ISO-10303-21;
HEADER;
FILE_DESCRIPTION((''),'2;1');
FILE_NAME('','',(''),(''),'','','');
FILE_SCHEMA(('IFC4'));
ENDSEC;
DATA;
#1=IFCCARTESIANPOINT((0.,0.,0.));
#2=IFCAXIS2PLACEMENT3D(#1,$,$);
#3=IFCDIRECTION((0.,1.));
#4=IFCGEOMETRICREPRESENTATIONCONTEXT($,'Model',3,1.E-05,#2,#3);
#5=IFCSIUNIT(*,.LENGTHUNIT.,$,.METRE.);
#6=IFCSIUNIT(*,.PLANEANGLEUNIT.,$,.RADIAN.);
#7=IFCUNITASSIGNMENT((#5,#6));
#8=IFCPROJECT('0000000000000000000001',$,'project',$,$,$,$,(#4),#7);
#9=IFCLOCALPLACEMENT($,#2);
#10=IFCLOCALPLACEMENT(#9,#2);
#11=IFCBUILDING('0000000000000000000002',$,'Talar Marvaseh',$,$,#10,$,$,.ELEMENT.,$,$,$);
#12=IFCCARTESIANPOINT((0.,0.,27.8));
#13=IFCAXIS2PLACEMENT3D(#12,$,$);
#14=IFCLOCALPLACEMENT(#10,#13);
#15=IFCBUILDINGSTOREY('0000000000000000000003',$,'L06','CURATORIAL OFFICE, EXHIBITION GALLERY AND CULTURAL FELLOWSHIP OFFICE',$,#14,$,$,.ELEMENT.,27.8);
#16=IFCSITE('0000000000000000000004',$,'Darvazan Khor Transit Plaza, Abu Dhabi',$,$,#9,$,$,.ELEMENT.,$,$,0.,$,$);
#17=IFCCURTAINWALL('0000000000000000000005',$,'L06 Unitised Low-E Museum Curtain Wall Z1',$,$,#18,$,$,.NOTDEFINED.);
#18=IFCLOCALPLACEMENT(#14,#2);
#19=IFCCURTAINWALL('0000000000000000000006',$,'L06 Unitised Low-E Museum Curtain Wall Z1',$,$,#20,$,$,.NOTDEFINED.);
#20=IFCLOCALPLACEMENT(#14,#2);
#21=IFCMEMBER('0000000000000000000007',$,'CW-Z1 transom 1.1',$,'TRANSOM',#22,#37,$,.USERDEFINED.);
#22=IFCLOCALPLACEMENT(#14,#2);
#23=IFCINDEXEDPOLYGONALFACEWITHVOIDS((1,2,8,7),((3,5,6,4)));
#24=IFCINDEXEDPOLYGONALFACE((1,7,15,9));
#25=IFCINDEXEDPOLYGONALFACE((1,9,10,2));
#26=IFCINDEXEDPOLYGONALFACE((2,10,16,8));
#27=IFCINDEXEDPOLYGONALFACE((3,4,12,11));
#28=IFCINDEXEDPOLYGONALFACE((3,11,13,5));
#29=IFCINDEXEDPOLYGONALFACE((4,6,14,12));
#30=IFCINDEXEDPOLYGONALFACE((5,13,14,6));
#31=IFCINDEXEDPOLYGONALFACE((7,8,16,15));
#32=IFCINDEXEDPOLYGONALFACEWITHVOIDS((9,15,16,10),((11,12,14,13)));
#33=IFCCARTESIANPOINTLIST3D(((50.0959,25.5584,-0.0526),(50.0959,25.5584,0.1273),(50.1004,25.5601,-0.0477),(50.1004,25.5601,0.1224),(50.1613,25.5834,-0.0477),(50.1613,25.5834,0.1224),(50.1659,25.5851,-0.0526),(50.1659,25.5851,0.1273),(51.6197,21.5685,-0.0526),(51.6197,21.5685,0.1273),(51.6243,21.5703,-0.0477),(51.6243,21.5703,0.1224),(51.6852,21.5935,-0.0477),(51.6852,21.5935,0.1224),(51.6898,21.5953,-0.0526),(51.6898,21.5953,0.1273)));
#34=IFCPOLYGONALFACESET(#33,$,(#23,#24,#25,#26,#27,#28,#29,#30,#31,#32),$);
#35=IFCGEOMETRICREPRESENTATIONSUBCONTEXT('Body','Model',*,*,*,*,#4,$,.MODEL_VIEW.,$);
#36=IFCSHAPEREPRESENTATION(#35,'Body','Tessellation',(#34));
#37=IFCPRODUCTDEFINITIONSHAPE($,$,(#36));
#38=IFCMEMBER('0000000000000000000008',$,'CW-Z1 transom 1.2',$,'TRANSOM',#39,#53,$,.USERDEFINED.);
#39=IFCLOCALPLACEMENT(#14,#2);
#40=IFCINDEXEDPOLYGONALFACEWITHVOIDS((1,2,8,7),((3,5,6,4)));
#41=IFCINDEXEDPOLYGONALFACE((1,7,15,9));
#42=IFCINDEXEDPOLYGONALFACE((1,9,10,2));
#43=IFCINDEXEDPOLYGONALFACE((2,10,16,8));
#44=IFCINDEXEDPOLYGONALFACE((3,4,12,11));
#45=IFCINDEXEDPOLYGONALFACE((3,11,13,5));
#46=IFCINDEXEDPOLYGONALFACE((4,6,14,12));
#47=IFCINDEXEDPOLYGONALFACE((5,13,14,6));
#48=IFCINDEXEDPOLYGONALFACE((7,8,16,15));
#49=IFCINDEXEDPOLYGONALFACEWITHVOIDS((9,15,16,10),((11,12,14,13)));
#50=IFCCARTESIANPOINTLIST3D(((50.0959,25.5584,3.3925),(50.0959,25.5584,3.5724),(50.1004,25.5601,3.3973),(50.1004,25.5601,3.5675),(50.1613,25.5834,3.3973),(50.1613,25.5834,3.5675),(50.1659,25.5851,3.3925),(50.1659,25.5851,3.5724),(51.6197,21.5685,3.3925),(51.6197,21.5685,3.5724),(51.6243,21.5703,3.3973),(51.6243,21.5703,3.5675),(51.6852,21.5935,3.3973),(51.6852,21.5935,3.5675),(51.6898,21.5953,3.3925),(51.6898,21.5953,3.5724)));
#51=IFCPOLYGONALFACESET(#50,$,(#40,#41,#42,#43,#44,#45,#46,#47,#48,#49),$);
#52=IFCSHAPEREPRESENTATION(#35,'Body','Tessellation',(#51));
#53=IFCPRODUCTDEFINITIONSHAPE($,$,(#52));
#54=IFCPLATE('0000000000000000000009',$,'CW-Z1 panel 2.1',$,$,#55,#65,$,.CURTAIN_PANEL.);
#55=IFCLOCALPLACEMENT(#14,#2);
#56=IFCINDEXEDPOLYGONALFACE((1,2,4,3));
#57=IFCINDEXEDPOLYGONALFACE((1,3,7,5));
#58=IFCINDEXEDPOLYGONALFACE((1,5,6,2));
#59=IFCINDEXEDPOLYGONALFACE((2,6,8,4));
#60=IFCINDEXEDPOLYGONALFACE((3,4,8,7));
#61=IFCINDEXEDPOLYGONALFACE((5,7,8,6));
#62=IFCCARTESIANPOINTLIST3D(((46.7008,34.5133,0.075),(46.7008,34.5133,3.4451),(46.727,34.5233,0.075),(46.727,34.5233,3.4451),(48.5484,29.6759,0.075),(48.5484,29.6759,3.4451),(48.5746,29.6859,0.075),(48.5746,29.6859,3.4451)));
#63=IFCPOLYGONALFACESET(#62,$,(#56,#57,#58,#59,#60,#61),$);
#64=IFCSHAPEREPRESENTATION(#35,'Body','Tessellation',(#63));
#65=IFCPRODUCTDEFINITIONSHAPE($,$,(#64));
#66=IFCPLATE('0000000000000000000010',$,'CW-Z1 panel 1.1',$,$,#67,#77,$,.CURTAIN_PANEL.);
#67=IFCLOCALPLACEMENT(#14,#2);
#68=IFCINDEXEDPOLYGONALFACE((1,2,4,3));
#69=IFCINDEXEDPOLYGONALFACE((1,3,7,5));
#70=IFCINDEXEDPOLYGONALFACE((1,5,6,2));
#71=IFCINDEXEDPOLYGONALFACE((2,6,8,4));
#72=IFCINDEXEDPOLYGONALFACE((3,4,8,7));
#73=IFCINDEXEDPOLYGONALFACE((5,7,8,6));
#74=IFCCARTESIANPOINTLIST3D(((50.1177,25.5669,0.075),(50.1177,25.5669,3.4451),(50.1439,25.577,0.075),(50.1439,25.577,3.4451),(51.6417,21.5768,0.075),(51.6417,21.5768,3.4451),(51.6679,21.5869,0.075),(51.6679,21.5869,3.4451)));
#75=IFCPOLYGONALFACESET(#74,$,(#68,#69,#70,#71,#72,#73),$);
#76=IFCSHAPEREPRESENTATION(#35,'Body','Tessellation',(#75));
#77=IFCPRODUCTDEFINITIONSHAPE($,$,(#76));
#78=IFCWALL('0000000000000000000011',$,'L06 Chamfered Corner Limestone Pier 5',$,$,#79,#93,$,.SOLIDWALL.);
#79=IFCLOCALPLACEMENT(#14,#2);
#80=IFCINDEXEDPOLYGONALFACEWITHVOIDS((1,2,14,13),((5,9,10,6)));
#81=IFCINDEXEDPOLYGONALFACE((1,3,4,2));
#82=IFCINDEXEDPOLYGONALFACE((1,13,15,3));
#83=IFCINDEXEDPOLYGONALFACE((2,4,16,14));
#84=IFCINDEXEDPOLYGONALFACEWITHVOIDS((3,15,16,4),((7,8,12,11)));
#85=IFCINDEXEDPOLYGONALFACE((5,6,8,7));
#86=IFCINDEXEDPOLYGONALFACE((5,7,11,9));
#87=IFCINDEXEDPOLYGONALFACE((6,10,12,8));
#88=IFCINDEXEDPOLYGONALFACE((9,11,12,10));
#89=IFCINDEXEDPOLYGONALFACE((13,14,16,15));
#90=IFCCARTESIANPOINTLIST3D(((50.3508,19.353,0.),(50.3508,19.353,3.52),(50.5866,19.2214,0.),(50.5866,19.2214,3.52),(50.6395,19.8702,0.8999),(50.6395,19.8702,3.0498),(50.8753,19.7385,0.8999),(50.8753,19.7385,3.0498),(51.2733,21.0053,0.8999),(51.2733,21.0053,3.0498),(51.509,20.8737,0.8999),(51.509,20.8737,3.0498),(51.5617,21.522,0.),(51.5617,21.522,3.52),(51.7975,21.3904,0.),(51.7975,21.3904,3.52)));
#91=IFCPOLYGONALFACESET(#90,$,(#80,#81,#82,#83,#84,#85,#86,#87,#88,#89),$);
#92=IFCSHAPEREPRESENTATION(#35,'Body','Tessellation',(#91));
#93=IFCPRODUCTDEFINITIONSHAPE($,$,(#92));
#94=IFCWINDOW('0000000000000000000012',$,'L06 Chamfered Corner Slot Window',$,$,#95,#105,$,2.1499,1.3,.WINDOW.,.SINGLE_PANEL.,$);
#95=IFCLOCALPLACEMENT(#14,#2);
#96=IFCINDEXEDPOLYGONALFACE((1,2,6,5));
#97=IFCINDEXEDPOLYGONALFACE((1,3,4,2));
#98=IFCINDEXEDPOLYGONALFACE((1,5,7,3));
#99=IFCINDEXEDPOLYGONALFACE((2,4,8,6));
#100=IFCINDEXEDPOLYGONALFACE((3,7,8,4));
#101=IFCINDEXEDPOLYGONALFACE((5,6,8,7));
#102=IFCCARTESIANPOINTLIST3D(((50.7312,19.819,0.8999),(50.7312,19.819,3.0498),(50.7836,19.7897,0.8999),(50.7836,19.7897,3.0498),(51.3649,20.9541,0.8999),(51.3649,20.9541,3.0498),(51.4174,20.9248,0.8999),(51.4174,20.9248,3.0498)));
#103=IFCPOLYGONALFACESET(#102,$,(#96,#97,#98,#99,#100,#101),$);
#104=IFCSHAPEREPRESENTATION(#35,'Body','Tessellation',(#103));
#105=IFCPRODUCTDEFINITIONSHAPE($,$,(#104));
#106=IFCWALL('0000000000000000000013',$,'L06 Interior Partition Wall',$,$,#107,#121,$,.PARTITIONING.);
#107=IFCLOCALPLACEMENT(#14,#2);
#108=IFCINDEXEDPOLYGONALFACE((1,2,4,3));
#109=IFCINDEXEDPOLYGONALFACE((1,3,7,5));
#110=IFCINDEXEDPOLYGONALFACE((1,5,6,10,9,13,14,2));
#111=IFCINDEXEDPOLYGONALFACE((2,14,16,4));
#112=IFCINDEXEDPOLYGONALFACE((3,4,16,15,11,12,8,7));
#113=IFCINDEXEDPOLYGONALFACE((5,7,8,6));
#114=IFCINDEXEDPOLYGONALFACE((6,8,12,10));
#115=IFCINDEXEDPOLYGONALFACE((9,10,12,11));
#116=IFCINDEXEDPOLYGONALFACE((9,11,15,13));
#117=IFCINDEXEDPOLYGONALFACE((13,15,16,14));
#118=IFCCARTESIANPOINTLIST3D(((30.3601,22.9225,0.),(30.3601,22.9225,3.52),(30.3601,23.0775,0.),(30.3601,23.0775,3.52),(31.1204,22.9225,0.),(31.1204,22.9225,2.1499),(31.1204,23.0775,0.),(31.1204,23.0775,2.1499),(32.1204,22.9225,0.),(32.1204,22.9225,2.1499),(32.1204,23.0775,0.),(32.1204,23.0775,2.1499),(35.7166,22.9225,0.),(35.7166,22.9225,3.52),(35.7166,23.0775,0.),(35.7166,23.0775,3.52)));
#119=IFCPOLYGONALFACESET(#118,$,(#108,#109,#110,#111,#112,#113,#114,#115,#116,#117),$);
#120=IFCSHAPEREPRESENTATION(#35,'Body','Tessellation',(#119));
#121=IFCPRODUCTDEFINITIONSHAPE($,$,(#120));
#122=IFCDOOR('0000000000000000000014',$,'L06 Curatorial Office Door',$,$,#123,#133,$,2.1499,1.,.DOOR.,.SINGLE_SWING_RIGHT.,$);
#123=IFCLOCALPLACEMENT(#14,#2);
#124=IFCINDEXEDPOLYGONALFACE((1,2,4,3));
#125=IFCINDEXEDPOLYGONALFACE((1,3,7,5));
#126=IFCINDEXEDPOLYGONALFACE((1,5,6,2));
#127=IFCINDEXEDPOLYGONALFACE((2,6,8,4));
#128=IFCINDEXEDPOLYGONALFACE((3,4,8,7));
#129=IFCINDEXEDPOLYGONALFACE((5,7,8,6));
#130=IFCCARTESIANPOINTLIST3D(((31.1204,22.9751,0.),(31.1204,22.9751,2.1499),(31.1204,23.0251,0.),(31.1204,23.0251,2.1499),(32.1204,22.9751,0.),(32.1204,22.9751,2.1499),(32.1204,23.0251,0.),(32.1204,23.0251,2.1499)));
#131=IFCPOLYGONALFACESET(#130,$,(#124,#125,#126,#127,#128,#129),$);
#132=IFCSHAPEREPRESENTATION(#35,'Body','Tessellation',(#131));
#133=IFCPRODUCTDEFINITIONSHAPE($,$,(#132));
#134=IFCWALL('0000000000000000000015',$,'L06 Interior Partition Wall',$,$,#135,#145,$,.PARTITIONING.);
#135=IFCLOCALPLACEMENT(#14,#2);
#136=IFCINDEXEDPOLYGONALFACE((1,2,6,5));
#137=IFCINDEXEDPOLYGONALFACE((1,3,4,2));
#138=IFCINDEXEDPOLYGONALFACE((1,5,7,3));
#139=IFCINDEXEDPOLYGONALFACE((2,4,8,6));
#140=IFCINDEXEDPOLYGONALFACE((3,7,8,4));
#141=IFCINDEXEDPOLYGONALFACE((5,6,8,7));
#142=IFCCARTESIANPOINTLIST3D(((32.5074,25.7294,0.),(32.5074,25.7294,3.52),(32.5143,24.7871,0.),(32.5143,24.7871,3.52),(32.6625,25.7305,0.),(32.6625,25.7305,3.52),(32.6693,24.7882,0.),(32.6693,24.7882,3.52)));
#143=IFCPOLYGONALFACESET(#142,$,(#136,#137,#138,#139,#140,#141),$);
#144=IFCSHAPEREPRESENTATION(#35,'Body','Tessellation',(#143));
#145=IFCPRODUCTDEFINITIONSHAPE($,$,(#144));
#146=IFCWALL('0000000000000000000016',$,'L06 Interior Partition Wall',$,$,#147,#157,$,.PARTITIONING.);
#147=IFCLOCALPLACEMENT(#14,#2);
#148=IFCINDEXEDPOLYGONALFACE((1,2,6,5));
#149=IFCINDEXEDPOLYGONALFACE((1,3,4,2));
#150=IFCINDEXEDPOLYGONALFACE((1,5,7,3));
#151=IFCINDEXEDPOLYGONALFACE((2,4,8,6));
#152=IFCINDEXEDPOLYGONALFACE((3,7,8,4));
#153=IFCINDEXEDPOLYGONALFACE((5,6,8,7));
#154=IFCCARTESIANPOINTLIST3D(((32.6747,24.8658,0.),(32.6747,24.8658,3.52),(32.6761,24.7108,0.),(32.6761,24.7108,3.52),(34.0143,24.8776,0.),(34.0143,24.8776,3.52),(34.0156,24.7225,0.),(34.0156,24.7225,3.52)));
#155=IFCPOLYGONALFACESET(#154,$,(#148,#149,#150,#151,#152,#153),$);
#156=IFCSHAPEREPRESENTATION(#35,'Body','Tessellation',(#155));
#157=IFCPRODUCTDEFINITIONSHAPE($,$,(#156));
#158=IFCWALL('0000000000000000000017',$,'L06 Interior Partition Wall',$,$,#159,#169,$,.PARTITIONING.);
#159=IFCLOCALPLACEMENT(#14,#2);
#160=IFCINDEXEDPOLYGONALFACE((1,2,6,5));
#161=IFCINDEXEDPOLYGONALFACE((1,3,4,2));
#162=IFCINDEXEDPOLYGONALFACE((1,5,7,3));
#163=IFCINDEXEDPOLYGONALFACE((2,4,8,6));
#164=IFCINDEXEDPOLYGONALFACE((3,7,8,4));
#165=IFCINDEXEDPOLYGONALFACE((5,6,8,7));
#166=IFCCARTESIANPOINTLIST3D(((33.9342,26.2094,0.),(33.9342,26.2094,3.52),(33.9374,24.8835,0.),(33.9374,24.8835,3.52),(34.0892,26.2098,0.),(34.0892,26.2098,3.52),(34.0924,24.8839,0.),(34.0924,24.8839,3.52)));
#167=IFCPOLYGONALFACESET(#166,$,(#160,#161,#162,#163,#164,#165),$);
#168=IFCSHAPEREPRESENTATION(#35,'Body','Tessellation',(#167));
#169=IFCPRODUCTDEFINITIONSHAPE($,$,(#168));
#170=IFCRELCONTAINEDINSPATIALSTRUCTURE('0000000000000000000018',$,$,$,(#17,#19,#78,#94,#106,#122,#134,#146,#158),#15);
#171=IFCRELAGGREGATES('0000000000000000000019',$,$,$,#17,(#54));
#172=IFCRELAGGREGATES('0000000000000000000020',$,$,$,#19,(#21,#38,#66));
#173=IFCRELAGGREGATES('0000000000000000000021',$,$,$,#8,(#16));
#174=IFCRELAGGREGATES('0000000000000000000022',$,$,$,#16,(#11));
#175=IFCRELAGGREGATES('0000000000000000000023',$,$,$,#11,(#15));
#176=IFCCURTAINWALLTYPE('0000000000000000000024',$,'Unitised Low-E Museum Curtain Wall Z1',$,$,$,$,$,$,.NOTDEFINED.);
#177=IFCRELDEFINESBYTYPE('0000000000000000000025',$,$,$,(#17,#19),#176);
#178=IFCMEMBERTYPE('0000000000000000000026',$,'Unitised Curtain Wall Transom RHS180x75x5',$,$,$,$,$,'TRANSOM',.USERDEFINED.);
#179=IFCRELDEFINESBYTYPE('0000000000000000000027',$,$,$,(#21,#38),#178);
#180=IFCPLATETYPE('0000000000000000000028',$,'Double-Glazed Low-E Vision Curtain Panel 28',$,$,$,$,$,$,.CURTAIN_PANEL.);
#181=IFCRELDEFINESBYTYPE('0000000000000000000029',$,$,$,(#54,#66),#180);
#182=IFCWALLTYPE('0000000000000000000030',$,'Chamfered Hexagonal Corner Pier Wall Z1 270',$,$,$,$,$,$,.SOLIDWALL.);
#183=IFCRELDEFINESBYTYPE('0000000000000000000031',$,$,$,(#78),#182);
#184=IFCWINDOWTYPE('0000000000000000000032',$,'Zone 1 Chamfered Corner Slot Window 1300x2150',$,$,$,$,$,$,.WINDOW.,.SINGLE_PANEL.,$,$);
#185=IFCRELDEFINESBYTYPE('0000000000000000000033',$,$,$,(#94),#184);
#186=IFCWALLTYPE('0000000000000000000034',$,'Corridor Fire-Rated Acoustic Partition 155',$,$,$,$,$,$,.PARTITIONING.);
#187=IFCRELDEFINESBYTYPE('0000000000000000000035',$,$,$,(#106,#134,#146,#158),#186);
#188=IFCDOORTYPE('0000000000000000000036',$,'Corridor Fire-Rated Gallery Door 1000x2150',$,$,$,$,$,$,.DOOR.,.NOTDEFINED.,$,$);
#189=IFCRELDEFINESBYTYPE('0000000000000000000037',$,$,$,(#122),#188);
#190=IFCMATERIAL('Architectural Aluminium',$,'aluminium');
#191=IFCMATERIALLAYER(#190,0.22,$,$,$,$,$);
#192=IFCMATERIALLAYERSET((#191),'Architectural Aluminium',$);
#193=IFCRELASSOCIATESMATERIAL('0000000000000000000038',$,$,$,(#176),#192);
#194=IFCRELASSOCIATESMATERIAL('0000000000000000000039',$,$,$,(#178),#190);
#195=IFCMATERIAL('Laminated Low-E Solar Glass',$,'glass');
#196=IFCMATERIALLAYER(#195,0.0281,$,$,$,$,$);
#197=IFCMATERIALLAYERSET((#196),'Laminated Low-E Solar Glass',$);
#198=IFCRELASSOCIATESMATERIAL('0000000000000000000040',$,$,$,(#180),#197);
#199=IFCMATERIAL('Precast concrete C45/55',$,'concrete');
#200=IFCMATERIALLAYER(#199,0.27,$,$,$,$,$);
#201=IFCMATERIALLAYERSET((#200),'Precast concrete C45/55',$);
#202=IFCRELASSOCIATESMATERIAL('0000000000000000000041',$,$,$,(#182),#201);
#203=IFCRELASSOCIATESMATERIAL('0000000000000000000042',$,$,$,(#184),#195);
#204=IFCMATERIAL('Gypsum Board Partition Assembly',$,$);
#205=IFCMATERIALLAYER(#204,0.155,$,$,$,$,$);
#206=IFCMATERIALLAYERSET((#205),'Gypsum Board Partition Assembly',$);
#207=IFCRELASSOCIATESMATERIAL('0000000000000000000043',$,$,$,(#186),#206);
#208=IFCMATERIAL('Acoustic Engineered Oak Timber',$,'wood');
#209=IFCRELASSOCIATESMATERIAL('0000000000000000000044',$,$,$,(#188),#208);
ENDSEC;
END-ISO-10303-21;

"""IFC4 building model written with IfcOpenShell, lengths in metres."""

from ifc_helpers import new_model, si_unit, direction, frame, frame_2d, origin, origin_2d, place, context, subcontext, project, spatial, rectangle, hollow_rectangle, extrude, source, transform, mapped, material, layer, layer_set, material_profile, profile_set, type_object, type_shapes, element, fill, aggregate, save


model = new_model("IFC4")

# Units and contexts
model_context = context("Model", 3, precision=1e-05, world=origin(), true_north=direction((0.0, 1.0)))
body_context = subcontext(model_context, "Body", "Model", "MODEL_VIEW")
ifc_project = project(units=[si_unit("LENGTHUNIT", "METRE"), si_unit("PLANEANGLEUNIT", "RADIAN")], contexts=[model_context])

# Site, building, storey
site_placement = place(None, origin())
site = spatial("IfcSite", under=ifc_project, at=site_placement, Name="Darvazan Khor Transit Plaza, Abu Dhabi", CompositionType="ELEMENT", RefElevation=0.0)
building_placement = place(site_placement, origin())
building = spatial("IfcBuilding", under=site, at=building_placement, Name="Talar Marvaseh", CompositionType="ELEMENT")
storey_placement = place(building_placement, frame((0.0, 0.0, 27.8)))
storey = spatial("IfcBuildingStorey", under=building, at=storey_placement, Name="L06", Description="CURATORIAL OFFICE, EXHIBITION GALLERY AND CULTURAL FELLOWSHIP OFFICE", CompositionType="ELEMENT", Elevation=27.8)

# Curtain wall
ifc_material_1 = material(Name="Architectural Aluminium", Category="aluminium")
ifc_layer_1 = layer(ifc_material_1, 0.22)
ifc_layer_set_1 = layer_set([ifc_layer_1], Name="Architectural Aluminium")
curtain_wall_type = type_object("IfcCurtainWallType", Name="Unitised Low-E Museum Curtain Wall Z1", PredefinedType="NOTDEFINED", material=ifc_layer_set_1)
curtain_wall_1_placement = place(storey_placement, origin())
curtain_wall_1 = element("IfcCurtainWall", 1, at=curtain_wall_1_placement, inside=storey, type_object=curtain_wall_type, Name="L06 Unitised Low-E Museum Curtain Wall Z1", PredefinedType="NOTDEFINED")

# Curtain wall, members
curtain_wall_2_placement = place(storey_placement, origin())
curtain_wall_2 = element("IfcCurtainWall", 2, at=curtain_wall_2_placement, inside=storey, type_object=curtain_wall_type, Name="L06 Unitised Low-E Museum Curtain Wall Z1", PredefinedType="NOTDEFINED")
ifc_material_profile_1 = material_profile(ifc_material_1, hollow_rectangle(XDim=0.075, YDim=0.1799, WallThickness=0.0049, at=origin_2d()), Name="RHS180x75x5")
ifc_profile_set_1 = profile_set([ifc_material_profile_1], Name="Architectural Aluminium")
member_type_1 = type_object("IfcMemberType", Name="Unitised Curtain Wall Transom RHS180x75x5", ElementType="TRANSOM", PredefinedType="USERDEFINED", material=ifc_profile_set_1)
shared_shape_1 = source(origin(), body_context, "Body", "SweptSolid", [
    extrude(hollow_rectangle(XDim=0.075, YDim=0.1799, WallThickness=0.0049, at=origin_2d()), origin(), (0.0, 0.0, 1.0), 4.271),
])
type_shapes(member_type_1, [shared_shape_1])
member_1_placement = place(storey_placement, frame((50.1309, 25.5718, 0.0374), z_axis=(0.356799, -0.934181, 0.0), x_axis=(0.934181, 0.356799, 0.0)))
member_1 = element("IfcMember", 3, at=member_1_placement, type_object=member_type_1, Name="CW-Z1 transom 1.1", ObjectType="TRANSOM", PredefinedType="USERDEFINED", context=body_context, shape_type="MappedRepresentation", body=[
    mapped(shared_shape_1, transform((0.0, 0.0, 0.0), x_axis=(1.0, 0.0, 0.0), y_axis=(0.0, 1.0, 0.0), z_axis=(0.0, 0.0, 1.0), scale=1.0)),
])
member_2_placement = place(storey_placement, frame((50.1309, 25.5718, 3.4824), z_axis=(0.356799, -0.934181, 0.0), x_axis=(0.934181, 0.356799, 0.0)))
member_2 = element("IfcMember", 4, at=member_2_placement, type_object=member_type_1, Name="CW-Z1 transom 1.2", ObjectType="TRANSOM", PredefinedType="USERDEFINED", context=body_context, shape_type="MappedRepresentation", body=[
    mapped(shared_shape_1, transform((0.0, 0.0, 0.0), x_axis=(1.0, 0.0, 0.0), y_axis=(0.0, 1.0, 0.0), z_axis=(0.0, 0.0, 1.0), scale=1.0)),
])

# Plates
ifc_material_2 = material(Name="Laminated Low-E Solar Glass", Category="glass")
ifc_layer_2 = layer(ifc_material_2, 0.0281)
ifc_layer_set_2 = layer_set([ifc_layer_2], Name="Laminated Low-E Solar Glass")
plate_type = type_object("IfcPlateType", Name="Double-Glazed Low-E Vision Curtain Panel 28", PredefinedType="CURTAIN_PANEL", material=ifc_layer_set_2)
shared_shape_2 = source(origin(), body_context, "Body", "SweptSolid", [
    extrude(rectangle(XDim=5.1782, YDim=0.0281, at=origin_2d()), origin(), (0.0, 0.0, 1.0), 3.3701),
])
plate_1_placement = place(storey_placement, frame((47.6377, 32.0996, 0.075), z_axis=(0.0, 0.0, 1.0), x_axis=(0.356804, -0.934179, 0.0)))
plate_1 = element("IfcPlate", 5, at=plate_1_placement, type_object=plate_type, Name="CW-Z1 panel 2.1", PredefinedType="CURTAIN_PANEL", context=body_context, shape_type="MappedRepresentation", body=[
    mapped(shared_shape_2, transform((0.0, 0.0, 0.0), x_axis=(1.0, 0.0, 0.0), y_axis=(0.0, 1.0, 0.0), z_axis=(0.0, 0.0, 1.0), scale=1.0)),
])
aggregate(curtain_wall_1, [plate_1])
shared_shape_3 = source(origin(), body_context, "Body", "SweptSolid", [
    extrude(rectangle(XDim=4.2712, YDim=0.0281, at=origin_2d()), origin(), (0.0, 0.0, 1.0), 3.3701),
])
type_shapes(plate_type, [shared_shape_2, shared_shape_3])
plate_2_placement = place(storey_placement, frame((50.8928, 23.5769, 0.075), z_axis=(0.0, 0.0, 1.0), x_axis=(0.356805, -0.934179, 0.0)))
plate_2 = element("IfcPlate", 6, at=plate_2_placement, type_object=plate_type, Name="CW-Z1 panel 1.1", PredefinedType="CURTAIN_PANEL", context=body_context, shape_type="MappedRepresentation", body=[
    mapped(shared_shape_3, transform((0.0, 0.0, 0.0), x_axis=(1.0, 0.0, 0.0), y_axis=(0.0, 1.0, 0.0), z_axis=(0.0, 0.0, 1.0), scale=1.0)),
])
aggregate(curtain_wall_2, [member_1, member_2, plate_2])

# Wall, opening, window
ifc_material_3 = material(Name="Precast concrete C45/55", Category="concrete")
ifc_layer_3 = layer(ifc_material_3, 0.27)
ifc_layer_set_3 = layer_set([ifc_layer_3], Name="Precast concrete C45/55")
wall_type_1 = type_object("IfcWallType", Name="Chamfered Hexagonal Corner Pier Wall Z1 270", PredefinedType="SOLIDWALL", material=ifc_layer_set_3)
wall_1_placement = place(storey_placement, frame((51.6797, 21.4563, 0.0), z_axis=(0.0, 0.0, 1.0), x_axis=(-0.487478, -0.873135, 0.0)))
wall_1 = element("IfcWall", 7, at=wall_1_placement, inside=storey, type_object=wall_type_1, Name="L06 Chamfered Corner Limestone Pier 5", PredefinedType="SOLIDWALL", context=body_context, shape_type="SweptSolid", body=[
    extrude(rectangle(XDim=2.4841, YDim=0.27, at=frame_2d((1.2422, 0.0))), origin(), (0.0, 0.0, 1.0), 3.52),
])
opening_1_placement = place(wall_1_placement, frame((0.592, 0.0, 0.8999)))
opening_1 = element("IfcOpeningElement", 8, at=opening_1_placement, cuts=wall_1, PredefinedType="OPENING", context=body_context, shape_type="SweptSolid", body=[
    extrude(rectangle(XDim=1.3, YDim=2.1499, at=frame_2d((0.6499, 1.075))), frame((0.0, 0.145, 0.0), z_axis=(0.0, -1.0, 0.0), x_axis=(1.0, 0.0, 0.0)), (0.0, 0.0, 1.0), 0.29),
])
window_type = type_object("IfcWindowType", Name="Zone 1 Chamfered Corner Slot Window 1300x2150", PartitioningType="SINGLE_PANEL", PredefinedType="WINDOW", material=ifc_material_2)
shared_shape_4 = source(origin(), body_context, "Body", "SweptSolid", [
    extrude(rectangle(XDim=1.3, YDim=2.1499, at=frame_2d((0.6499, 1.075))), frame((0.0, 0.03, 0.0), z_axis=(0.0, -1.0, 0.0), x_axis=(1.0, 0.0, 0.0)), (0.0, 0.0, 1.0), 0.0601),
])
type_shapes(window_type, [shared_shape_4])
window_placement = place(opening_1_placement, origin())
window = element("IfcWindow", 9, at=window_placement, inside=storey, type_object=window_type, Name="L06 Chamfered Corner Slot Window", OverallHeight=2.1499, OverallWidth=1.3, PartitioningType="SINGLE_PANEL", PredefinedType="WINDOW", context=body_context, shape_type="MappedRepresentation", body=[
    mapped(shared_shape_4, transform((0.0, 0.0, 0.0), x_axis=(1.0, 0.0, 0.0), y_axis=(0.0, 1.0, 0.0), z_axis=(0.0, 0.0, 1.0), scale=1.0)),
])
fill(opening_1, window)

# Wall, opening, door
ifc_material_4 = material(Name="Gypsum Board Partition Assembly")
ifc_layer_4 = layer(ifc_material_4, 0.155)
ifc_layer_set_4 = layer_set([ifc_layer_4], Name="Gypsum Board Partition Assembly")
wall_type_2 = type_object("IfcWallType", Name="Corridor Fire-Rated Acoustic Partition 155", PredefinedType="PARTITIONING", material=ifc_layer_set_4)
wall_2_placement = place(storey_placement, frame((35.7166, 23.0, 0.0), z_axis=(0.0, 0.0, 1.0), x_axis=(-1.0, 0.0, 0.0)))
wall_2 = element("IfcWall", 10, at=wall_2_placement, inside=storey, type_object=wall_type_2, Name="L06 Interior Partition Wall", PredefinedType="PARTITIONING", context=body_context, shape_type="SweptSolid", body=[
    extrude(rectangle(XDim=5.3564, YDim=0.155, at=frame_2d((2.6782, 0.0))), origin(), (0.0, 0.0, 1.0), 3.52),
])
opening_2_placement = place(wall_2_placement, frame((3.5962, 0.0, 0.0)))
opening_2 = element("IfcOpeningElement", 11, at=opening_2_placement, cuts=wall_2, PredefinedType="OPENING", context=body_context, shape_type="SweptSolid", body=[
    extrude(rectangle(XDim=1.0, YDim=2.1499, at=frame_2d((0.5, 1.075))), frame((0.0, 0.0874, 0.0), z_axis=(0.0, -1.0, 0.0), x_axis=(1.0, 0.0, 0.0)), (0.0, 0.0, 1.0), 0.175),
])
ifc_material_5 = material(Name="Acoustic Engineered Oak Timber", Category="wood")
door_type_1 = type_object("IfcDoorType", Name="Corridor Fire-Rated Gallery Door 1000x2150", OperationType="NOTDEFINED", PredefinedType="DOOR", material=ifc_material_5)
shared_shape_5 = source(origin(), body_context, "Body", "SweptSolid", [
    extrude(rectangle(XDim=1.0, YDim=2.1499, at=frame_2d((0.5, 1.075))), frame((0.0, 0.0249, 0.0), z_axis=(0.0, -1.0, 0.0), x_axis=(1.0, 0.0, 0.0)), (0.0, 0.0, 1.0), 0.05),
])
type_shapes(door_type_1, [shared_shape_5])
door_1_placement = place(opening_2_placement, origin())
door_1 = element("IfcDoor", 12, at=door_1_placement, inside=storey, type_object=door_type_1, Name="L06 Curatorial Office Door", OperationType="SINGLE_SWING_RIGHT", OverallHeight=2.1499, OverallWidth=1.0, PredefinedType="DOOR", context=body_context, shape_type="MappedRepresentation", body=[
    mapped(shared_shape_5, transform((0.0, 0.0, 0.0), x_axis=(1.0, 0.0, 0.0), y_axis=(0.0, 1.0, 0.0), z_axis=(0.0, 0.0, 1.0), scale=1.0)),
])
fill(opening_2, door_1)

# Walls
wall_3_placement = place(storey_placement, frame((32.585, 25.73, 0.0), z_axis=(0.0, 0.0, 1.0), x_axis=(0.007254, -0.999974, 0.0)))
element("IfcWall", 13, at=wall_3_placement, inside=storey, type_object=wall_type_2, Name="L06 Interior Partition Wall", PredefinedType="PARTITIONING", context=body_context, shape_type="SweptSolid", body=[
    extrude(rectangle(XDim=0.9424, YDim=0.155, at=frame_2d((0.4712, 0.0))), origin(), (0.0, 0.0, 1.0), 3.52),
])
wall_4_placement = place(storey_placement, frame((32.6753, 24.7883, 0.0), z_axis=(0.0, 0.0, 1.0), x_axis=(0.999962, 0.008748, 0.0)))
element("IfcWall", 14, at=wall_4_placement, inside=storey, type_object=wall_type_2, Name="L06 Interior Partition Wall", PredefinedType="PARTITIONING", context=body_context, shape_type="SweptSolid", body=[
    extrude(rectangle(XDim=1.3396, YDim=0.155, at=frame_2d((0.6699, 0.0))), origin(), (0.0, 0.0, 1.0), 3.52),
])
wall_5_placement = place(storey_placement, frame((34.0149, 24.8835, 0.0), z_axis=(0.0, 0.0, 1.0), x_axis=(-0.002394, 0.999997, 0.0)))
element("IfcWall", 15, at=wall_5_placement, inside=storey, type_object=wall_type_2, Name="L06 Interior Partition Wall", PredefinedType="PARTITIONING", context=body_context, shape_type="SweptSolid", body=[
    extrude(rectangle(XDim=1.3259, YDim=0.155, at=frame_2d((0.6631, 0.0))), origin(), (0.0, 0.0, 1.0), 3.52),
])

save(model, "model.ifc")
